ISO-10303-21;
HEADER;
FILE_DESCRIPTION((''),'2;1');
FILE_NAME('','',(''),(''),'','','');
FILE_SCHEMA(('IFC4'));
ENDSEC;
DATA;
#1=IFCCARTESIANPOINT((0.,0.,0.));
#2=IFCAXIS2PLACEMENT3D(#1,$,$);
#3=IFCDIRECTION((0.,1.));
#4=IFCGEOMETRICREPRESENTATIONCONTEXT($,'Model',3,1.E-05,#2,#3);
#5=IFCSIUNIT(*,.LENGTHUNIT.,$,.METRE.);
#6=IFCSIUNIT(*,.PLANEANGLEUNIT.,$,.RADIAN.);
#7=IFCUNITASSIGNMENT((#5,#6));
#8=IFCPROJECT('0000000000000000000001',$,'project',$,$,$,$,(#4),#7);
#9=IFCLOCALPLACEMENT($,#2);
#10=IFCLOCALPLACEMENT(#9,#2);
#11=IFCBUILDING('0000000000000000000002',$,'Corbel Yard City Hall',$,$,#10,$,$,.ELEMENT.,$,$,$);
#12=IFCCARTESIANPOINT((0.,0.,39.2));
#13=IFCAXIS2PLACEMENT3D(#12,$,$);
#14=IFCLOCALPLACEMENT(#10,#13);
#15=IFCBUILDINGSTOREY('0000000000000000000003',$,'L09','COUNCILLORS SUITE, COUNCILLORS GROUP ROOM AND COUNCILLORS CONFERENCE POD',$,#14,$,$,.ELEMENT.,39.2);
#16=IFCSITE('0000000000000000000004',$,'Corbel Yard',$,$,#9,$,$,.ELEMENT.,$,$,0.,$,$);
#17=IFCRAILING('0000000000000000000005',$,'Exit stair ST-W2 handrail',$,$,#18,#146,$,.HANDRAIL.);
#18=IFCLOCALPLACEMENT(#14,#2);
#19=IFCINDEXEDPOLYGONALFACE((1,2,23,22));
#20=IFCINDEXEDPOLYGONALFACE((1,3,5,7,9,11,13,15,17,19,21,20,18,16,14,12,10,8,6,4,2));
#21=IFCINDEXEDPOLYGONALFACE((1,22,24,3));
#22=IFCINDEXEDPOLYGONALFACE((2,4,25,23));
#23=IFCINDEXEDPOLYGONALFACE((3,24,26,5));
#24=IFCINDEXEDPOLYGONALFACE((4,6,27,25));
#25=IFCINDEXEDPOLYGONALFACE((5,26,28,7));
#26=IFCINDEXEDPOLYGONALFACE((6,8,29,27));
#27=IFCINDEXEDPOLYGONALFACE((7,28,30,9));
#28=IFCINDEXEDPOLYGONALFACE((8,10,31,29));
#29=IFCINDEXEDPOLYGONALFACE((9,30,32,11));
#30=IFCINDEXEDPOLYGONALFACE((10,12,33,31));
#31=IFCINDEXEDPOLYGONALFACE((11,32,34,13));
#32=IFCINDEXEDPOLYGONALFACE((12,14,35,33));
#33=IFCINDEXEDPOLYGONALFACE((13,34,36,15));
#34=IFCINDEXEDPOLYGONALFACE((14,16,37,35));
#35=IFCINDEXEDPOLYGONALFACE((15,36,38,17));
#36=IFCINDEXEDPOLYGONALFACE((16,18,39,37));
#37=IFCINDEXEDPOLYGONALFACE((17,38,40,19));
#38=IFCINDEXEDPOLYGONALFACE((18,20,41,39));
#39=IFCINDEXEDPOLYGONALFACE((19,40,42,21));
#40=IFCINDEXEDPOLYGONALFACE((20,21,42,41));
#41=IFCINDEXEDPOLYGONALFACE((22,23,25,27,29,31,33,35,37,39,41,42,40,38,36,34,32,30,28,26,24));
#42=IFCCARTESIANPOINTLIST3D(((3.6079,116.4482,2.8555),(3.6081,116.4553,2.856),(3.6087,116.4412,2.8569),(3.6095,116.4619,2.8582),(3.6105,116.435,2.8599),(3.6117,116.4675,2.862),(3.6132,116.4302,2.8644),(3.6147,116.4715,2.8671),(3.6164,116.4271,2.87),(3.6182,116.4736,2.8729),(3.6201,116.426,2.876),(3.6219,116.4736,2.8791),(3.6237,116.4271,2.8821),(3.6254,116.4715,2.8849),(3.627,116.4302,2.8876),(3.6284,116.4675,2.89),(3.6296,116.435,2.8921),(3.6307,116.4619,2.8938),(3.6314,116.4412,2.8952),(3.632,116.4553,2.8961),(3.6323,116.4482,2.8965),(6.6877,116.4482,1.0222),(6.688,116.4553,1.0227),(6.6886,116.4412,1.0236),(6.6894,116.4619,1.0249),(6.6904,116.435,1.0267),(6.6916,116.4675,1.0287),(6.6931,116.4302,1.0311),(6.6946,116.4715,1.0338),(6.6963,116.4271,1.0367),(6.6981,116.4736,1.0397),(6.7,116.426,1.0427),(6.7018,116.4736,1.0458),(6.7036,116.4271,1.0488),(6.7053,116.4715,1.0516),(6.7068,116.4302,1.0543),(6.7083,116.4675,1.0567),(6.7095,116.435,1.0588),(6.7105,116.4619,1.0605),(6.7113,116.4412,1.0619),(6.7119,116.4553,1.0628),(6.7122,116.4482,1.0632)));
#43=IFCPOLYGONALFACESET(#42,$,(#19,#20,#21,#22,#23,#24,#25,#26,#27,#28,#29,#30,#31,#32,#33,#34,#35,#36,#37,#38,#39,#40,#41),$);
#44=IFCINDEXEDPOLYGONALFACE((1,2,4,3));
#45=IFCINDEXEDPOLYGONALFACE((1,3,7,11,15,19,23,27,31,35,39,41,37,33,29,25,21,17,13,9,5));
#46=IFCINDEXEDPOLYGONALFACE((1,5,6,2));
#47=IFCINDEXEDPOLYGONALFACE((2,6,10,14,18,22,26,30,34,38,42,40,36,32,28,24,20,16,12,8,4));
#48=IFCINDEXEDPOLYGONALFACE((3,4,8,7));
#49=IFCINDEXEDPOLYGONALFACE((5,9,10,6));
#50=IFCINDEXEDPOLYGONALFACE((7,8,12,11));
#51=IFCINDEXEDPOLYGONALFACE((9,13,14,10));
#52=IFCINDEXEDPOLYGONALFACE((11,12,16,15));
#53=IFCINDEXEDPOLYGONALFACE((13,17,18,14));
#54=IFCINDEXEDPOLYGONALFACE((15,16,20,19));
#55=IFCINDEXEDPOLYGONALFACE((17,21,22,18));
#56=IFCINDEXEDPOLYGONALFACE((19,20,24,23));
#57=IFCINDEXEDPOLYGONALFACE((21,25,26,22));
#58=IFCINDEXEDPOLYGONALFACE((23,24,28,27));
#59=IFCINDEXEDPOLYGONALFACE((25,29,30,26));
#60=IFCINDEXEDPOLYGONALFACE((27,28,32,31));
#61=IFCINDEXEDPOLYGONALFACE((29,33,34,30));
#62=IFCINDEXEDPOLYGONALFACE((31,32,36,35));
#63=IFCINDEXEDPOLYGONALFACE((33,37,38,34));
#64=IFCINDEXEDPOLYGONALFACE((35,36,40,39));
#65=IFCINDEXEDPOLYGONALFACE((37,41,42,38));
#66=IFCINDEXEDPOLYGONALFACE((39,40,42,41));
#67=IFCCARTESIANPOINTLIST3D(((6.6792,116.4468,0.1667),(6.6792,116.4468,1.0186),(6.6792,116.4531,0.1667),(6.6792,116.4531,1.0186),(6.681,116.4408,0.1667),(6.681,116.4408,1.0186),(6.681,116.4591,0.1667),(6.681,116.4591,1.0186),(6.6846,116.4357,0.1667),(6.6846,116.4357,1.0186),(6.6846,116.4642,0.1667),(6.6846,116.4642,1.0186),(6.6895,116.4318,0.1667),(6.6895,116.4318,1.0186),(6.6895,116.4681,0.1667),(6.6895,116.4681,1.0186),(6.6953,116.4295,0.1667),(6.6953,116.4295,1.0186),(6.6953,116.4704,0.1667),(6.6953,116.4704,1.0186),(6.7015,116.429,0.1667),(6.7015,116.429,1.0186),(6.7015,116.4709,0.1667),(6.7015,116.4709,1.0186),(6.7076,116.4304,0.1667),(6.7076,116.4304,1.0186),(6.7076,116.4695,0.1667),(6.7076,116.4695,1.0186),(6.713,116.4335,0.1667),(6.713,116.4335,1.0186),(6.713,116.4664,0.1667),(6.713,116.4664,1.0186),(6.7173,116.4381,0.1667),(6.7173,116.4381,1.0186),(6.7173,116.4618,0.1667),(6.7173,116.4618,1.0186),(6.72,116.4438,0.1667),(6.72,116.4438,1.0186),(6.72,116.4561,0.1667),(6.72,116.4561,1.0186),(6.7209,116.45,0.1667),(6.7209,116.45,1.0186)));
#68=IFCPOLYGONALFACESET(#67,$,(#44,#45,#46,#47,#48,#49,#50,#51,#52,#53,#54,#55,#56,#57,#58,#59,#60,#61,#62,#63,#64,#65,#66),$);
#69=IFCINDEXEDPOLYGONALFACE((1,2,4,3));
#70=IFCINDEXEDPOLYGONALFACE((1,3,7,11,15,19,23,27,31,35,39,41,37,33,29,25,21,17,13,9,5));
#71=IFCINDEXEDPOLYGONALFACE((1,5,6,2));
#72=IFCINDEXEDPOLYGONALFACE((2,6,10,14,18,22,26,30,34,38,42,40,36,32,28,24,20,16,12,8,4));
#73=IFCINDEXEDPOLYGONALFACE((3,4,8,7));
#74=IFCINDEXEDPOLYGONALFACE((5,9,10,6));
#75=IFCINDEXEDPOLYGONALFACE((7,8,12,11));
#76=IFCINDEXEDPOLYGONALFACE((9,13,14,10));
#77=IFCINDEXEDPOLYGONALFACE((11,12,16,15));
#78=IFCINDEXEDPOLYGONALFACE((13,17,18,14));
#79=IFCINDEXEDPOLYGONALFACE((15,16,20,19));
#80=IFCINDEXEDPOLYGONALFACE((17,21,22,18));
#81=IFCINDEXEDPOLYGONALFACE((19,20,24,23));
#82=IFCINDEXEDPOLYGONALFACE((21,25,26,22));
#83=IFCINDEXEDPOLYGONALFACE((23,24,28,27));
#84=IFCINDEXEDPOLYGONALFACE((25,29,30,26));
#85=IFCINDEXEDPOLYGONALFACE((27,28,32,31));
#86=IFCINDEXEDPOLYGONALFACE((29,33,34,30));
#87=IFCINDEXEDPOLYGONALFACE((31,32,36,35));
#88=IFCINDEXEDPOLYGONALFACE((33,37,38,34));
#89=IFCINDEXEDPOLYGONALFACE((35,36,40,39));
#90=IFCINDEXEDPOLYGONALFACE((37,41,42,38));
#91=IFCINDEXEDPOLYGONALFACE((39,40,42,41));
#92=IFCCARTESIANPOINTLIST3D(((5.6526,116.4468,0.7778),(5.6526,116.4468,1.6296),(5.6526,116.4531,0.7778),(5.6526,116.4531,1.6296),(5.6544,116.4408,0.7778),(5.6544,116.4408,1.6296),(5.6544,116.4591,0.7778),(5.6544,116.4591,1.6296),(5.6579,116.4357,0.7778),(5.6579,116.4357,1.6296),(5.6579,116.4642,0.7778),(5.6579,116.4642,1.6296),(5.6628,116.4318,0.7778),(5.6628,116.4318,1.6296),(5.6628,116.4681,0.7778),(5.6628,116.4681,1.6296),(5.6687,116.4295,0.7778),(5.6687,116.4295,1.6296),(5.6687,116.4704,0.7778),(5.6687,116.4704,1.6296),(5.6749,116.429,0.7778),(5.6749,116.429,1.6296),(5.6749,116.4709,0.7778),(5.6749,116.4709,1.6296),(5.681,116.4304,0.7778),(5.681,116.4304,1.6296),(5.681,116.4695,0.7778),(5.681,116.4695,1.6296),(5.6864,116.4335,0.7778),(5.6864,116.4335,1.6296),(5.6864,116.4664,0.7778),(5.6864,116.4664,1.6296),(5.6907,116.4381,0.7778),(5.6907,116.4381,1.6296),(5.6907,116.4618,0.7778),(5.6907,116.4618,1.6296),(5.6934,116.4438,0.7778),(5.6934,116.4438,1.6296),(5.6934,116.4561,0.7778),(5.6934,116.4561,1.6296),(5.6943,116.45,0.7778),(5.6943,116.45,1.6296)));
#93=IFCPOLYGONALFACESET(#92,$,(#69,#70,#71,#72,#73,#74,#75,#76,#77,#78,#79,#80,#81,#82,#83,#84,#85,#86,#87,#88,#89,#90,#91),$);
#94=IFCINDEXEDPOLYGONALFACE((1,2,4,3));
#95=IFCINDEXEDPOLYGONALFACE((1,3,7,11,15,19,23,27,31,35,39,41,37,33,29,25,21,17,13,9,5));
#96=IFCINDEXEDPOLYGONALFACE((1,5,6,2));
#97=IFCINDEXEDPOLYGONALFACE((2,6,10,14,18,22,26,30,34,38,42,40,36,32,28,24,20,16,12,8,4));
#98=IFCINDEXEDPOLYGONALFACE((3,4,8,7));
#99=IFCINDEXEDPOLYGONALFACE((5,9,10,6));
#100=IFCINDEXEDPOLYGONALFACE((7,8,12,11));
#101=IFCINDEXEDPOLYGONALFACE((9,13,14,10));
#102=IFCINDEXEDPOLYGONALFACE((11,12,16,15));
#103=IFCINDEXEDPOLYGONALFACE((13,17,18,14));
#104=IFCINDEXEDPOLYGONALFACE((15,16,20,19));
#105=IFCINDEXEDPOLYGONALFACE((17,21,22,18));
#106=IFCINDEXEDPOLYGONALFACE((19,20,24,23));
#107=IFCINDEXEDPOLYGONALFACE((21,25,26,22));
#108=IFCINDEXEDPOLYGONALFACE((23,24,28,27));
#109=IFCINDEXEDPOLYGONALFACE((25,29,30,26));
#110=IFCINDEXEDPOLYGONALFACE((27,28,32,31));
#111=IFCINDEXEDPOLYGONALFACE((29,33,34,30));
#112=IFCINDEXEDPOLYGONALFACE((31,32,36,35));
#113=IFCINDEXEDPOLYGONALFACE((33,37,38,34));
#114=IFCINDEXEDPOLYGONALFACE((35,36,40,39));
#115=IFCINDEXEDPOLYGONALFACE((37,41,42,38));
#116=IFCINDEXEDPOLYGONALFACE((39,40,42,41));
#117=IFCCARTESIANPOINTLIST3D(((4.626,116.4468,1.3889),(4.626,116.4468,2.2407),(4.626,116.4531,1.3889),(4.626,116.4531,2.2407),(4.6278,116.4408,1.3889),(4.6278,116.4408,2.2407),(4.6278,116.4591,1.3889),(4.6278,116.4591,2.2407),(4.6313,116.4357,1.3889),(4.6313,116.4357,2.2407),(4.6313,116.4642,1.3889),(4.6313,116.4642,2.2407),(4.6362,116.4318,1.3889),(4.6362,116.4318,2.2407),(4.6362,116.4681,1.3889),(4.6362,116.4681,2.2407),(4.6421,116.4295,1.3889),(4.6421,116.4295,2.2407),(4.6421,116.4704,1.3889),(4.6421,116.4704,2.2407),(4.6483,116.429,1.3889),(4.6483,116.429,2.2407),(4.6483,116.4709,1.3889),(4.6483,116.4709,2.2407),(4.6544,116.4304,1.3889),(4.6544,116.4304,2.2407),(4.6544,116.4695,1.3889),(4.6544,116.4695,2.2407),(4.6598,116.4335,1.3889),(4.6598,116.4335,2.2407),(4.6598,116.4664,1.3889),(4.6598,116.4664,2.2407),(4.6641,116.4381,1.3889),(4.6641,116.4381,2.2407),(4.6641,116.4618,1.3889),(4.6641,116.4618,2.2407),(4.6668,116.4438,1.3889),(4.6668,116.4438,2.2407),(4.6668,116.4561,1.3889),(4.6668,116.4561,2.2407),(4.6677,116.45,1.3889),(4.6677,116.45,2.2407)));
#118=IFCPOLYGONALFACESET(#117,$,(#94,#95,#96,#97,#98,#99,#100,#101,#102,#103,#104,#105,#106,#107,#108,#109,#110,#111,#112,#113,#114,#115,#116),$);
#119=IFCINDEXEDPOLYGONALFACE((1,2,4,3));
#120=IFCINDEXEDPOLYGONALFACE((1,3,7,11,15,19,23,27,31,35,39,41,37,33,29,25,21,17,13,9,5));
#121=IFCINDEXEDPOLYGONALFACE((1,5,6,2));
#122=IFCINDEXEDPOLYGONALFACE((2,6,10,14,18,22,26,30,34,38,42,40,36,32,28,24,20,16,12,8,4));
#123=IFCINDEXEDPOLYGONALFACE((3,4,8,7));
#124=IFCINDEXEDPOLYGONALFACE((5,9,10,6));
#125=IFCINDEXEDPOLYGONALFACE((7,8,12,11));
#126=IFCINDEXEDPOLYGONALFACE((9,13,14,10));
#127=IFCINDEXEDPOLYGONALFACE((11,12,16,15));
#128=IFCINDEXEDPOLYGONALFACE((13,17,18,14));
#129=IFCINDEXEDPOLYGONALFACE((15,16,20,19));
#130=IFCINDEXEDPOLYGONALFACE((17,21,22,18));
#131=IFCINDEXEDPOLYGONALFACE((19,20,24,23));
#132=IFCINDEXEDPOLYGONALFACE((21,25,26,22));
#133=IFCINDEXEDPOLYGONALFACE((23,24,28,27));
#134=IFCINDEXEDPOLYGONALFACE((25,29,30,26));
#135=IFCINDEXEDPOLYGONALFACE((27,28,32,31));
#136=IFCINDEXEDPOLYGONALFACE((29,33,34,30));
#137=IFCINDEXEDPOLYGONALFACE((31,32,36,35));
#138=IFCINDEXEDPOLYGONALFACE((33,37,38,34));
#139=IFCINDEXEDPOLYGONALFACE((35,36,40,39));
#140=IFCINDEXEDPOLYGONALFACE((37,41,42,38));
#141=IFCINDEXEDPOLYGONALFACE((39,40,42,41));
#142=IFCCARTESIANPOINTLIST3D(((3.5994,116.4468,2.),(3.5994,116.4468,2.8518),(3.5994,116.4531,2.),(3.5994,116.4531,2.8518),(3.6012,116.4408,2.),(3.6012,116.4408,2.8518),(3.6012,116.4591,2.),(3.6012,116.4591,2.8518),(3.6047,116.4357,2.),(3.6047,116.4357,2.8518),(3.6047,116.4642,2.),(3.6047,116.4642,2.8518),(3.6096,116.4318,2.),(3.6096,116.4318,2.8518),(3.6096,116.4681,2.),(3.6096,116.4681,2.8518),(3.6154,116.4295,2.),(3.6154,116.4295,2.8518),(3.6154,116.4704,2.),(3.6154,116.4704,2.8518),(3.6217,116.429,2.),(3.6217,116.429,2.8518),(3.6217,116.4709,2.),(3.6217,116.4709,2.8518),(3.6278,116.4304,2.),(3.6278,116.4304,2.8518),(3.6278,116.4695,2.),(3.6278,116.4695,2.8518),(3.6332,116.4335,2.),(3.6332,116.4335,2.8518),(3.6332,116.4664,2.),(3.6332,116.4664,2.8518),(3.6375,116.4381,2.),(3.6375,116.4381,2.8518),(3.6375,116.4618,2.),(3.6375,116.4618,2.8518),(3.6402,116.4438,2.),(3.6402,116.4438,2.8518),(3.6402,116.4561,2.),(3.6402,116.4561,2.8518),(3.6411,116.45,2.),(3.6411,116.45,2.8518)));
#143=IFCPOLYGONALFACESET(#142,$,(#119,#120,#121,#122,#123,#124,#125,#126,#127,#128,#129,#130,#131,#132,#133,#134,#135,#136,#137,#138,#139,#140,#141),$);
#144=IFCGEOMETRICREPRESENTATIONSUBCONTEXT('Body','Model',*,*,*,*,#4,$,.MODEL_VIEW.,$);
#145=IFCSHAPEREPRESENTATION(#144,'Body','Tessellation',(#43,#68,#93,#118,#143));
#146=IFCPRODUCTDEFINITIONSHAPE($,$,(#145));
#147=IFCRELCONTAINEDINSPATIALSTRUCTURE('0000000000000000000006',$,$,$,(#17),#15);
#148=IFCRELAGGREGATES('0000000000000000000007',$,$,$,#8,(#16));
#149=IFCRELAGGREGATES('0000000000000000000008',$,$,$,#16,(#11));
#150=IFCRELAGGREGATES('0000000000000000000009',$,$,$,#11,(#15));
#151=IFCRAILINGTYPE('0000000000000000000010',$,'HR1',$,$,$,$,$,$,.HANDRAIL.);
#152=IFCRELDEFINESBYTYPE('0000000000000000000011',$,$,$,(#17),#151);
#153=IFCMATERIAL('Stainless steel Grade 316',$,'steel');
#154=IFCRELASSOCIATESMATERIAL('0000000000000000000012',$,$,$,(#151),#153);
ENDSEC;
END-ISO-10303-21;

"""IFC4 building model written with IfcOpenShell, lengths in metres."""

from ifc_helpers import new_model, si_unit, direction, frame, origin, origin_2d, place, context, subcontext, project, spatial, circle, extrude, material, type_object, element, save


model = new_model("IFC4")

# Units and contexts
model_context = context("Model", 3, precision=1e-05, world=origin(), true_north=direction((0.0, 1.0)))
body_context = subcontext(model_context, "Body", "Model", "MODEL_VIEW")
ifc_project = project(units=[si_unit("LENGTHUNIT", "METRE"), si_unit("PLANEANGLEUNIT", "RADIAN")], contexts=[model_context])

# Site, building, storey
site_placement = place(None, origin())
site = spatial("IfcSite", under=ifc_project, at=site_placement, Name="Corbel Yard", CompositionType="ELEMENT", RefElevation=0.0)
building_placement = place(site_placement, origin())
building = spatial("IfcBuilding", under=site, at=building_placement, Name="Corbel Yard City Hall", CompositionType="ELEMENT")
storey_placement = place(building_placement, frame((0.0, 0.0, 39.2)))
storey = spatial("IfcBuildingStorey", under=building, at=storey_placement, Name="L09", Description="COUNCILLORS SUITE, COUNCILLORS GROUP ROOM AND COUNCILLORS CONFERENCE POD", CompositionType="ELEMENT", Elevation=39.2)

# Shared definitions
ifc_material_1 = material(Name="Stainless steel Grade 316", Category="steel")

# Railing
railing_type = type_object("IfcRailingType", Name="HR1", PredefinedType="HANDRAIL", material=ifc_material_1)
for number, where, name in (
    (1, (6.7, 116.45, 0.1667), "Exit stair ST-W2 handrail"),
):
    element("IfcRailing", number, at=place(storey_placement, frame(where)), inside=storey, type_object=railing_type, Name=name, PredefinedType="HANDRAIL", context=body_context, shape_type="SweptSolid", body=[
        extrude(circle(Radius=0.0239, at=origin_2d()), frame((0.0, 0.0, 0.876), z_axis=(-0.859291, 0.0, 0.511487), x_axis=(0.0, -1.0, 0.0)), (0.0, 0.0, 1.0), 3.5842),
        extrude(circle(Radius=0.021, at=origin_2d()), origin(), (0.0, 0.0, 1.0), 0.8518),
        extrude(circle(Radius=0.021, at=origin_2d()), frame((-1.0266, 0.0, 0.6111)), (0.0, 0.0, 1.0), 0.8518),
        extrude(circle(Radius=0.021, at=origin_2d()), frame((-2.0532, 0.0, 1.2222)), (0.0, 0.0, 1.0), 0.8518),
        extrude(circle(Radius=0.021, at=origin_2d()), frame((-3.0798, 0.0, 1.8333)), (0.0, 0.0, 1.0), 0.8518),
    ])

save(model, "model.ifc")
